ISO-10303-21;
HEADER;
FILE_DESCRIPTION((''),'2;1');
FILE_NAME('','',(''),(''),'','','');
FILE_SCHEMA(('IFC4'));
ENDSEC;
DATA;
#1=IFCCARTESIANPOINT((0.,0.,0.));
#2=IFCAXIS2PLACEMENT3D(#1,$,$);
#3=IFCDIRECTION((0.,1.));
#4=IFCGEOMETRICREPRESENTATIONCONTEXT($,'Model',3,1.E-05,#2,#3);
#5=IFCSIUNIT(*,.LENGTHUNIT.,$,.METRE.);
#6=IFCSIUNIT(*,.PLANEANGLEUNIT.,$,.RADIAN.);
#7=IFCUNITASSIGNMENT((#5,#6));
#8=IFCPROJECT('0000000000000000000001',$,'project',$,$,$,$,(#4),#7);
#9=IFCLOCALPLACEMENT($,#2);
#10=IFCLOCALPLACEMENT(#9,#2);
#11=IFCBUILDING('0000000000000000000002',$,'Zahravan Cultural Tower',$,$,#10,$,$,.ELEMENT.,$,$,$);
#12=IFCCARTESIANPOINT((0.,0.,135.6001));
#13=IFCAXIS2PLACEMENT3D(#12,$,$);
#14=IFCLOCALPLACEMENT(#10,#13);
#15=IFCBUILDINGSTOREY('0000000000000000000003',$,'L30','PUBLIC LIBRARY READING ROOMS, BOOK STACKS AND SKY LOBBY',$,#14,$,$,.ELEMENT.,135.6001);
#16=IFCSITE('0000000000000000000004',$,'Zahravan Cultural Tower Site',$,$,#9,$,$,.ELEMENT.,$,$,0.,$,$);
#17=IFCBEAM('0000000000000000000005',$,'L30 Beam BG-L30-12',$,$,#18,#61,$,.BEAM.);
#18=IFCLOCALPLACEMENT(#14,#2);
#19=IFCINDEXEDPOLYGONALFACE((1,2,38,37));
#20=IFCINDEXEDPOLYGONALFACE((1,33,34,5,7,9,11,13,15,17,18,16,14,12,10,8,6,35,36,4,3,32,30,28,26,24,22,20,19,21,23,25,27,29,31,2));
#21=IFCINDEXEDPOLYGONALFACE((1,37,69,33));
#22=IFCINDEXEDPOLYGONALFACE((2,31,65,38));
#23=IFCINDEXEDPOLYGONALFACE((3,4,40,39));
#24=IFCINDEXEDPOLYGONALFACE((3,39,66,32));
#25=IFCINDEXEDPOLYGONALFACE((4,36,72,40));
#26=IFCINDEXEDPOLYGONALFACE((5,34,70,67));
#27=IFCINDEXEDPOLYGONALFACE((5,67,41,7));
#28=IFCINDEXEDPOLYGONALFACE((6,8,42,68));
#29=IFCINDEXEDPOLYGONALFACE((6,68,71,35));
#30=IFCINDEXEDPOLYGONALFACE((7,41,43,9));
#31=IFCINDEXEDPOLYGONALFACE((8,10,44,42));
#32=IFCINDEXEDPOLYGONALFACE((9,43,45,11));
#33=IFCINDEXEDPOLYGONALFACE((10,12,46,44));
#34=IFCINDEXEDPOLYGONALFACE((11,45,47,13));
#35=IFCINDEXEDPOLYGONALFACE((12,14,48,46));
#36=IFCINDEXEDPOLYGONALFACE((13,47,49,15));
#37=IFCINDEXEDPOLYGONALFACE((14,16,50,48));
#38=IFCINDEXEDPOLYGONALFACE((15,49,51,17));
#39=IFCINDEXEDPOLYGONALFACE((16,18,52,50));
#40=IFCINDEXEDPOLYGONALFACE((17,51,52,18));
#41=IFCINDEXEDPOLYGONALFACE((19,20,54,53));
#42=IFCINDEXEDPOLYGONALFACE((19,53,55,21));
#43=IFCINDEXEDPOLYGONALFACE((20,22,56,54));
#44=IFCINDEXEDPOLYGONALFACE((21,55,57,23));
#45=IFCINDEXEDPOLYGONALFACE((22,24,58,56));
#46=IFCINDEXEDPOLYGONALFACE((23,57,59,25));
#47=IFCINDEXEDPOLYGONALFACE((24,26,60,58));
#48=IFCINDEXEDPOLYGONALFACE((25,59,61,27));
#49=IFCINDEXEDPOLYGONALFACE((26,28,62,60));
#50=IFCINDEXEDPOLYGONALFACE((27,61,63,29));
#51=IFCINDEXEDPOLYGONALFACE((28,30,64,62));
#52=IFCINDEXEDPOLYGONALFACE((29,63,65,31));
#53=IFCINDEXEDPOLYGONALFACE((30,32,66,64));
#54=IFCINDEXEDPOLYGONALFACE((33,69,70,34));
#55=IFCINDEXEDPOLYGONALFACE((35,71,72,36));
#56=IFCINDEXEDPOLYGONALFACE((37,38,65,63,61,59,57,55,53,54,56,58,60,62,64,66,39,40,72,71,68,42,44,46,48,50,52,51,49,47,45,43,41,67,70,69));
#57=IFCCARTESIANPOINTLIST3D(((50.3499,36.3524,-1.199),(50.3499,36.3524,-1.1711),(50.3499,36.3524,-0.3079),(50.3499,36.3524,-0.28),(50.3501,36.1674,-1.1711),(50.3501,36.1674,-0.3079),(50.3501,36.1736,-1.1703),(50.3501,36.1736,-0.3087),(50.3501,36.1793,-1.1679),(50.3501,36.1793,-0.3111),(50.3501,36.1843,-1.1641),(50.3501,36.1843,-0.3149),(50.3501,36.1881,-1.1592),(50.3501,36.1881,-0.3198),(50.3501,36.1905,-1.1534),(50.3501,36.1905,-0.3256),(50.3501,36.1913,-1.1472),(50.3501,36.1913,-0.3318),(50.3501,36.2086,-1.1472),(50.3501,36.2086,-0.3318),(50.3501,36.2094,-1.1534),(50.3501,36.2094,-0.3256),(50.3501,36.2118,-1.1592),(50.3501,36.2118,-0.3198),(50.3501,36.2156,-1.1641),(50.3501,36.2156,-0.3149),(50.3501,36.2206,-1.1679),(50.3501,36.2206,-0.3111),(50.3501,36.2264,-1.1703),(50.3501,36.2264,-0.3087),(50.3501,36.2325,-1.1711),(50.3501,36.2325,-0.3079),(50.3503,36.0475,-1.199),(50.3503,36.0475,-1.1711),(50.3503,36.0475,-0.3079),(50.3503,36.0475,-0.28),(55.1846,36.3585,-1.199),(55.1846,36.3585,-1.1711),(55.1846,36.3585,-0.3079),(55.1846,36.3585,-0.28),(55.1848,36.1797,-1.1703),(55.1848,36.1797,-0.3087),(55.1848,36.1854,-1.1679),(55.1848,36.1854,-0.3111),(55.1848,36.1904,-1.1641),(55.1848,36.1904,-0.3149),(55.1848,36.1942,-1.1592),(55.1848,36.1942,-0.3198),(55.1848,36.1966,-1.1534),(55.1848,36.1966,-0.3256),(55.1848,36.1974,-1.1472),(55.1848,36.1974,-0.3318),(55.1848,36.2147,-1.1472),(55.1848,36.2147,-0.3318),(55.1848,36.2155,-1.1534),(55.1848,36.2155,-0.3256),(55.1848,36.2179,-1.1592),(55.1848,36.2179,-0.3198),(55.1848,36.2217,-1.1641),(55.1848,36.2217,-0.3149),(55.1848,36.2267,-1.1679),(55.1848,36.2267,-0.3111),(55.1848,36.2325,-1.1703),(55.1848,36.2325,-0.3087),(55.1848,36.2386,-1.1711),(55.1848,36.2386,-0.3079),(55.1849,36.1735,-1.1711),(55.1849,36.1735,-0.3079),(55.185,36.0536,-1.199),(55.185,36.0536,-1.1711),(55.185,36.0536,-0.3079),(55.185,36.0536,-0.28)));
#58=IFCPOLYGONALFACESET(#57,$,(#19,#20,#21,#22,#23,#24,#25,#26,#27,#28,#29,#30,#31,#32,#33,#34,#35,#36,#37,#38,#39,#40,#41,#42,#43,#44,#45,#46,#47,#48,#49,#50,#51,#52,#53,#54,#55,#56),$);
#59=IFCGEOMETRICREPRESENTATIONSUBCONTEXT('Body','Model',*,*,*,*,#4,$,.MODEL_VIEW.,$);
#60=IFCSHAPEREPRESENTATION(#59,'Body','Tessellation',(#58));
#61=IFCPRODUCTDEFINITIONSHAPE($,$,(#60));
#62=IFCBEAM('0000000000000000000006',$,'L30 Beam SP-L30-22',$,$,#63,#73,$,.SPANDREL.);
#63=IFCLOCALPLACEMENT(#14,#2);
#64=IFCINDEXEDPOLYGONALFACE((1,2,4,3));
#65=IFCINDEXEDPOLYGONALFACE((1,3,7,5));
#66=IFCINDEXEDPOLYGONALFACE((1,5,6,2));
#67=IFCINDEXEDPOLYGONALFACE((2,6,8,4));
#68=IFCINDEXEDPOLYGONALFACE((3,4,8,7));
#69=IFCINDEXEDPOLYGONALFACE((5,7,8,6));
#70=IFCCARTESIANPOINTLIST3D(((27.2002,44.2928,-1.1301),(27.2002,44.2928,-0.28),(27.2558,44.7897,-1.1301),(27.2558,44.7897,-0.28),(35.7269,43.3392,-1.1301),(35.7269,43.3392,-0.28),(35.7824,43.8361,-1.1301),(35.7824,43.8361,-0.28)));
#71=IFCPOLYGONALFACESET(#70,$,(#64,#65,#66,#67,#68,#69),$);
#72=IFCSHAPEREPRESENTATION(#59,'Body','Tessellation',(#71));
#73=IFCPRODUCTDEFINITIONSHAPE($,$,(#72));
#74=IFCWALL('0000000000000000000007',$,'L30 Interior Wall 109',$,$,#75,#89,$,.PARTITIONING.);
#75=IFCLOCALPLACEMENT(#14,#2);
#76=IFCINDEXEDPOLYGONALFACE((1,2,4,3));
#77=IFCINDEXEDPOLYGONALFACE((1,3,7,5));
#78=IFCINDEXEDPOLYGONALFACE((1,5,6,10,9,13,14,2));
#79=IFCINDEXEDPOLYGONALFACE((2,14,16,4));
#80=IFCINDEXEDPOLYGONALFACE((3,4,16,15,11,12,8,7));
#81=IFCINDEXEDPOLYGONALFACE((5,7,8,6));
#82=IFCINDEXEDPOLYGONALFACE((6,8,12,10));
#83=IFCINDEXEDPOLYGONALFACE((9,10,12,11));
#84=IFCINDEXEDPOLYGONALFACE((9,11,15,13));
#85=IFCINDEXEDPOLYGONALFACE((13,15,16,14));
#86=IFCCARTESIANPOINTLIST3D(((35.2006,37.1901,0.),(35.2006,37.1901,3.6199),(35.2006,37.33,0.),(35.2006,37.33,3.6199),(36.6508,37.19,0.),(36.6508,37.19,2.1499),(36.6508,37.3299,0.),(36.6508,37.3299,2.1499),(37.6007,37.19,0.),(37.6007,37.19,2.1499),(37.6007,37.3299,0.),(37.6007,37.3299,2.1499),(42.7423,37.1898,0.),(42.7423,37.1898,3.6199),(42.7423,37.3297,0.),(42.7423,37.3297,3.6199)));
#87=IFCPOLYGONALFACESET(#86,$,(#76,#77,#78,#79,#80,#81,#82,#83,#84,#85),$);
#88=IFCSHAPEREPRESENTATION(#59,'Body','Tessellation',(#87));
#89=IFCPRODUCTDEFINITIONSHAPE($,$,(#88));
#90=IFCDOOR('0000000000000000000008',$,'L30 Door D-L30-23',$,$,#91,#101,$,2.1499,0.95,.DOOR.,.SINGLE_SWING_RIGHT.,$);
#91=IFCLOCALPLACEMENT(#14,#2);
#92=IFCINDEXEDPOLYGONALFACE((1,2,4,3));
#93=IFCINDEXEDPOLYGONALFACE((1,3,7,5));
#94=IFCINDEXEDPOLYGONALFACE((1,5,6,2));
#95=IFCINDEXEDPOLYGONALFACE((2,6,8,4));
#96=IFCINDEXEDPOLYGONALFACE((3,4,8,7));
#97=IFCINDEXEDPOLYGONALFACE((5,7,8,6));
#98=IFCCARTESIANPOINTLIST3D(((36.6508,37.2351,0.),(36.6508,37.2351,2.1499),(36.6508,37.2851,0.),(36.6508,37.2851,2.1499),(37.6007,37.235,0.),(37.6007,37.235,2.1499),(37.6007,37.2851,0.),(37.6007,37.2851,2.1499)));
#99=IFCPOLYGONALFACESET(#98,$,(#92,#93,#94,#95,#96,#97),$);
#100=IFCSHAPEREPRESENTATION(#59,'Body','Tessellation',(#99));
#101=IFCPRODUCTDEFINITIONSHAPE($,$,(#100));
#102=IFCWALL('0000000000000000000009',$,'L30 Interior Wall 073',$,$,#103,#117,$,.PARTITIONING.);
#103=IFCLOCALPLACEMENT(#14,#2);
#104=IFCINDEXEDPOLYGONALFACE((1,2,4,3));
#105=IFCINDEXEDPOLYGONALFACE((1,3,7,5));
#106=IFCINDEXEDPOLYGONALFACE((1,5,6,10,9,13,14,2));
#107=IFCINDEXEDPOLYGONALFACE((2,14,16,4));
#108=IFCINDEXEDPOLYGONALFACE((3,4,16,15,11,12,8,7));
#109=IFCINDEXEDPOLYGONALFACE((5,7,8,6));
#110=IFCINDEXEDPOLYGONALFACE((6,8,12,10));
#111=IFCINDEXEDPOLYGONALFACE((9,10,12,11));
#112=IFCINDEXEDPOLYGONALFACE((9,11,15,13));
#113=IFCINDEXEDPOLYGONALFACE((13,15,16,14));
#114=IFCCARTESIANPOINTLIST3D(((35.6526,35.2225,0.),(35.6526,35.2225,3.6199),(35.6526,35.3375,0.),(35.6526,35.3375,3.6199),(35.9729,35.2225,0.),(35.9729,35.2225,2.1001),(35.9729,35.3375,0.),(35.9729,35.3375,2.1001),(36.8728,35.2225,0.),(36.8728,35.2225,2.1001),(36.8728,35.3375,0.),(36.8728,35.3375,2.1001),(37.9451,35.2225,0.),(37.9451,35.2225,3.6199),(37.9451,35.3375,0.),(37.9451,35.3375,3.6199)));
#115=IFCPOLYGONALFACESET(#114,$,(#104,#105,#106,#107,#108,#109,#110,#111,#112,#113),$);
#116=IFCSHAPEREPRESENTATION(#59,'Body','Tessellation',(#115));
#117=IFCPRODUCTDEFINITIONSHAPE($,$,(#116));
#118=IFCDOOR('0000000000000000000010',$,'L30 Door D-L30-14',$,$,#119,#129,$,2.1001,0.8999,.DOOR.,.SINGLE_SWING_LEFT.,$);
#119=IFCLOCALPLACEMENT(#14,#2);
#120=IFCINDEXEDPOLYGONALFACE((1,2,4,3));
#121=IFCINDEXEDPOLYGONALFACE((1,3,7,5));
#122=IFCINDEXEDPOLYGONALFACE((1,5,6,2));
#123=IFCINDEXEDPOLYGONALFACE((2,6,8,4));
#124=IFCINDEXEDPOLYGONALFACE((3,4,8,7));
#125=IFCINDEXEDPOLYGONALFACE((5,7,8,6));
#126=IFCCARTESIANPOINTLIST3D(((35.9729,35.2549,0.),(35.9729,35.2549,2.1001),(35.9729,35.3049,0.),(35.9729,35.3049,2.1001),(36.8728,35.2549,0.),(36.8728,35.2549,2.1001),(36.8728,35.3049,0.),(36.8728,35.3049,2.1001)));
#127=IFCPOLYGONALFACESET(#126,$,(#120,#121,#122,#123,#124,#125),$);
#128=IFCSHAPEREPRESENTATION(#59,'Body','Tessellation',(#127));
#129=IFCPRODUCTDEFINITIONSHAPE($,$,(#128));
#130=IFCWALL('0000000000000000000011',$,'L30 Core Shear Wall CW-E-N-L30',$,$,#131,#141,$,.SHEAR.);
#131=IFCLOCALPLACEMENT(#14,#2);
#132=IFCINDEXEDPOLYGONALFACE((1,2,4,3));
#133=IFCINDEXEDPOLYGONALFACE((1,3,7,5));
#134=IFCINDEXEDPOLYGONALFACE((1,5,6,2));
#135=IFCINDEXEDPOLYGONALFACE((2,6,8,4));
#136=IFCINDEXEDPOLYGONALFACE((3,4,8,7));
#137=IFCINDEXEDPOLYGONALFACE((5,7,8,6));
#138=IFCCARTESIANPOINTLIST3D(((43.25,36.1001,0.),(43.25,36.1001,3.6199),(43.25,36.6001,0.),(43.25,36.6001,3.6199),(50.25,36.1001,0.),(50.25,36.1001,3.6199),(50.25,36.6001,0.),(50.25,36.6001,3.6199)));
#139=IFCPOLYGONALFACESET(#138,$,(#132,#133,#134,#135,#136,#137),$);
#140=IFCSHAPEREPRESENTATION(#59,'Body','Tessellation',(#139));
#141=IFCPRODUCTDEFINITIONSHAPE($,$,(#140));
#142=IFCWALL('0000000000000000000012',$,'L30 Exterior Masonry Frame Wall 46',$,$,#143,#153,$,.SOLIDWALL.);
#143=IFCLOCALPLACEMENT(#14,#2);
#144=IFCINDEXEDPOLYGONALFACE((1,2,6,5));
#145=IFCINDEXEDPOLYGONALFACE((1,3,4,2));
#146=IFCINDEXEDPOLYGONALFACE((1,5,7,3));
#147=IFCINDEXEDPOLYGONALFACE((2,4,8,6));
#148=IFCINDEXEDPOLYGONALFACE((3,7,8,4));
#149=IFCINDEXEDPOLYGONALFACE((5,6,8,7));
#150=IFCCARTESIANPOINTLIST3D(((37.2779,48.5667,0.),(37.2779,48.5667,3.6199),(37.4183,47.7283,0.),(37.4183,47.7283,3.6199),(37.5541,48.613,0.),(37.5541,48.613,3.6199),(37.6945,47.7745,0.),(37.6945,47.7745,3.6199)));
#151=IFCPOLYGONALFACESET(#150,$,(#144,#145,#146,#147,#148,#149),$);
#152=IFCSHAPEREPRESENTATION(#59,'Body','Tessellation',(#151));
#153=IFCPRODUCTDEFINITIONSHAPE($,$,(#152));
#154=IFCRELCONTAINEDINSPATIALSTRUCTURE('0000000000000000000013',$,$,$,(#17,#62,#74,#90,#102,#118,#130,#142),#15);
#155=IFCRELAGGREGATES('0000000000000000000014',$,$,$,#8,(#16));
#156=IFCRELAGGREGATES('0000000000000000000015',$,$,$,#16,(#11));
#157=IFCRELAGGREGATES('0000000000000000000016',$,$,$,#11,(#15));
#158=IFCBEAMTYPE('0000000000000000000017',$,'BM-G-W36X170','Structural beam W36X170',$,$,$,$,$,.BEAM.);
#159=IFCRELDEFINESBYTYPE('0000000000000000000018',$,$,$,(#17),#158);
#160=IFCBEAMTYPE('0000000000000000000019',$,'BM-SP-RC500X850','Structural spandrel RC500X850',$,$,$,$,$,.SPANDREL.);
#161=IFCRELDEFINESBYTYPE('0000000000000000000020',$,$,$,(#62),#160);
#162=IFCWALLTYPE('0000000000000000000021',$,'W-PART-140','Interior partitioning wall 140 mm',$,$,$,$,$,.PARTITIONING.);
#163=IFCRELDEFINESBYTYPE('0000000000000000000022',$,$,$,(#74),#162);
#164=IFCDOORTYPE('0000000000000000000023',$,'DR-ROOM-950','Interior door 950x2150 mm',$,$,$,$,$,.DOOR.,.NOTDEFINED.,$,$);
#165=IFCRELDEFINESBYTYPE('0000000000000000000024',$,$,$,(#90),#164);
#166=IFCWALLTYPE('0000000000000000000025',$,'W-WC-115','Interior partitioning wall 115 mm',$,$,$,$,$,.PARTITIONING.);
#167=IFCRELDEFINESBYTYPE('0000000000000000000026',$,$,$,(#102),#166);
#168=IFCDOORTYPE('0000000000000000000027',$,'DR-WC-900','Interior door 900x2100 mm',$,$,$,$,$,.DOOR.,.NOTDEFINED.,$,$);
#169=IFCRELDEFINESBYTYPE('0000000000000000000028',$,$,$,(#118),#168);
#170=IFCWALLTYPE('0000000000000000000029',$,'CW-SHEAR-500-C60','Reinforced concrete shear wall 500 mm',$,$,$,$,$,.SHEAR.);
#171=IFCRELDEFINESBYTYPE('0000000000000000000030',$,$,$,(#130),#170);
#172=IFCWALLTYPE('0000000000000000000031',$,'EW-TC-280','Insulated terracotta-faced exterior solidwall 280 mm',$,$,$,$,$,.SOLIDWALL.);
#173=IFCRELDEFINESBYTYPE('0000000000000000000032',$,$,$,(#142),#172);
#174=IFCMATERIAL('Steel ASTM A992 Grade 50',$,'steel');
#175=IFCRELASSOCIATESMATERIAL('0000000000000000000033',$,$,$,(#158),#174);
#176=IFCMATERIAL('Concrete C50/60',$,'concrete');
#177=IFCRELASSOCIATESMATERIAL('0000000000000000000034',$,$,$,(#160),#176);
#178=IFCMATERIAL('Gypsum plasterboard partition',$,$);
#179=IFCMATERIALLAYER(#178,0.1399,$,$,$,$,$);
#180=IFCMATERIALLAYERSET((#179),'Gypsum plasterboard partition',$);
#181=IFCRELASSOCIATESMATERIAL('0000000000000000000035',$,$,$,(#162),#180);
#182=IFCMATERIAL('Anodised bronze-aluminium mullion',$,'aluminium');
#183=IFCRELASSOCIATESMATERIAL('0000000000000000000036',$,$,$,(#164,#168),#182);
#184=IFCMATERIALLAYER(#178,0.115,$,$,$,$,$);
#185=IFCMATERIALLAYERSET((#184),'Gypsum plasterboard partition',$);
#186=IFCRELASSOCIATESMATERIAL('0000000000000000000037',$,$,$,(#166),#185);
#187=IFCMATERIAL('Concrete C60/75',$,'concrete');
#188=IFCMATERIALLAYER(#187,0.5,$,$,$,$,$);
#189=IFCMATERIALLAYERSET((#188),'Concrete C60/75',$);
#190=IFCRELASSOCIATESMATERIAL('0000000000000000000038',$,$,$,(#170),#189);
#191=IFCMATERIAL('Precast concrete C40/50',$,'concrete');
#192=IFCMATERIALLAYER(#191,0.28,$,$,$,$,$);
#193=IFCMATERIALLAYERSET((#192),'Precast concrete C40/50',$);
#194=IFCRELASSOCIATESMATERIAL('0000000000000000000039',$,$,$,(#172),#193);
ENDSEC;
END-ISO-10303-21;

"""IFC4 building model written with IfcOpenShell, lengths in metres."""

from ifc_helpers import new_model, si_unit, direction, frame, frame_2d, origin, origin_2d, place, context, subcontext, project, spatial, rectangle, i_section, extrude, source, transform, mapped, material, layer, layer_set, material_profile, profile_set, type_object, element, fill, save


model = new_model("IFC4")

# Units and contexts
model_context = context("Model", 3, precision=1e-05, world=origin(), true_north=direction((0.0, 1.0)))
body_context = subcontext(model_context, "Body", "Model", "MODEL_VIEW")
ifc_project = project(units=[si_unit("LENGTHUNIT", "METRE"), si_unit("PLANEANGLEUNIT", "RADIAN")], contexts=[model_context])

# Site, building, storey
site_placement = place(None, origin())
site = spatial("IfcSite", under=ifc_project, at=site_placement, Name="Zahravan Cultural Tower Site", CompositionType="ELEMENT", RefElevation=0.0)
building_placement = place(site_placement, origin())
building = spatial("IfcBuilding", under=site, at=building_placement, Name="Zahravan Cultural Tower", CompositionType="ELEMENT")
storey_placement = place(building_placement, frame((0.0, 0.0, 135.6001)))
storey = spatial("IfcBuildingStorey", under=building, at=storey_placement, Name="L30", Description="PUBLIC LIBRARY READING ROOMS, BOOK STACKS AND SKY LOBBY", CompositionType="ELEMENT", Elevation=135.6001)

# Shared definitions
ifc_material_1 = material(Name="Concrete C50/60", Category="concrete")
ifc_material_2 = material(Name="Steel ASTM A992 Grade 50", Category="steel")

# Beams
ifc_material_profile_1 = material_profile(ifc_material_2, i_section(OverallWidth=0.3049, OverallDepth=0.9189, WebThickness=0.0173, FlangeThickness=0.0278, FilletRadius=0.0239, at=origin_2d()), Name="W36X170")
ifc_profile_set_1 = profile_set([ifc_material_profile_1], Name="Steel ASTM A992 Grade 50")
beam_type_1 = type_object("IfcBeamType", Name="BM-G-W36X170", Description="Structural beam W36X170", PredefinedType="BEAM", material=ifc_profile_set_1)
shared_shape_1 = source(origin(), body_context, "Body", "SweptSolid", [
    extrude(i_section(OverallWidth=0.3049, OverallDepth=0.9189, WebThickness=0.0173, FlangeThickness=0.0278, FilletRadius=0.0239, at=origin_2d()), origin(), (0.0, 0.0, 1.0), 4.8347),
])
beam_1_placement = place(storey_placement, frame((50.3501, 36.2, -0.7395), z_axis=(0.999999, 0.001262, 0.0), x_axis=(-0.001262, 0.999999, 0.0)))
element("IfcBeam", 1, at=beam_1_placement, inside=storey, type_object=beam_type_1, Name="L30 Beam BG-L30-12", PredefinedType="BEAM", context=body_context, shape_type="MappedRepresentation", body=[
    mapped(shared_shape_1, transform((0.0, 0.0, 0.0), x_axis=(1.0, 0.0, 0.0), y_axis=(0.0, 1.0, 0.0), z_axis=(0.0, 0.0, 1.0), scale=1.0)),
])
ifc_material_profile_2 = material_profile(ifc_material_1, rectangle(XDim=0.5, YDim=0.8501, at=origin_2d()), Name="RC500X850")
ifc_profile_set_2 = profile_set([ifc_material_profile_2], Name="Concrete C50/60")
beam_type_2 = type_object("IfcBeamType", Name="BM-SP-RC500X850", Description="Structural spandrel RC500X850", PredefinedType="SPANDREL", material=ifc_profile_set_2)
shared_shape_2 = source(origin(), body_context, "Body", "SweptSolid", [
    extrude(rectangle(XDim=0.5, YDim=0.8501, at=origin_2d()), origin(), (0.0, 0.0, 1.0), 8.5798),
])
beam_2_placement = place(storey_placement, frame((35.7546, 43.5876, -0.7051), z_axis=(-0.993804, 0.111147, 0.0), x_axis=(-0.111147, -0.993804, 0.0)))
element("IfcBeam", 2, at=beam_2_placement, inside=storey, type_object=beam_type_2, Name="L30 Beam SP-L30-22", PredefinedType="SPANDREL", context=body_context, shape_type="MappedRepresentation", body=[
    mapped(shared_shape_2, transform((0.0, 0.0, 0.0), x_axis=(1.0, 0.0, 0.0), y_axis=(0.0, 1.0, 0.0), z_axis=(0.0, 0.0, 1.0), scale=1.0)),
])

# Walls, openings, doors
ifc_material_3 = material(Name="Gypsum plasterboard partition")
ifc_layer_1 = layer(ifc_material_3, 0.1399)
ifc_layer_set_1 = layer_set([ifc_layer_1], Name="Gypsum plasterboard partition")
wall_type_1 = type_object("IfcWallType", Name="W-PART-140", Description="Interior partitioning wall 140 mm", PredefinedType="PARTITIONING", material=ifc_layer_set_1)
wall_1_placement = place(storey_placement, frame((42.7424, 37.2598, 0.0), z_axis=(0.0, 0.0, 1.0), x_axis=(-1.0, 0.000032, 0.0)))
wall_1 = element("IfcWall", 3, at=wall_1_placement, inside=storey, type_object=wall_type_1, Name="L30 Interior Wall 109", PredefinedType="PARTITIONING", context=body_context, shape_type="SweptSolid", body=[
    extrude(rectangle(XDim=7.5417, YDim=0.1399, at=frame_2d((3.771, 0.0))), origin(), (0.0, 0.0, 1.0), 3.6199),
])
opening_1_placement = place(wall_1_placement, frame((5.1416, 0.0, 0.0)))
opening_1 = element("IfcOpeningElement", 4, at=opening_1_placement, cuts=wall_1, PredefinedType="OPENING", context=body_context, shape_type="SweptSolid", body=[
    extrude(rectangle(XDim=0.95, YDim=2.1499, at=frame_2d((0.4751, 1.075))), frame((0.0, 0.0798, 0.0), z_axis=(0.0, -1.0, 0.0), x_axis=(1.0, 0.0, 0.0)), (0.0, 0.0, 1.0), 0.1599),
])
ifc_material_4 = material(Name="Anodised bronze-aluminium mullion", Category="aluminium")
door_type_1 = type_object("IfcDoorType", Name="DR-ROOM-950", Description="Interior door 950x2150 mm", OperationType="NOTDEFINED", PredefinedType="DOOR", material=ifc_material_4)
shared_shape_3 = source(origin(), body_context, "Body", "SweptSolid", [
    extrude(rectangle(XDim=0.95, YDim=2.1499, at=frame_2d((0.4751, 1.075))), frame((0.0, 0.0249, 0.0), z_axis=(0.0, -1.0, 0.0), x_axis=(1.0, 0.0, 0.0)), (0.0, 0.0, 1.0), 0.05),
])
door_1_placement = place(opening_1_placement, origin())
door_1 = element("IfcDoor", 5, at=door_1_placement, inside=storey, type_object=door_type_1, Name="L30 Door D-L30-23", OperationType="SINGLE_SWING_RIGHT", OverallHeight=2.1499, OverallWidth=0.95, PredefinedType="DOOR", context=body_context, shape_type="MappedRepresentation", body=[
    mapped(shared_shape_3, transform((0.0, 0.0, 0.0), x_axis=(1.0, 0.0, 0.0), y_axis=(0.0, 1.0, 0.0), z_axis=(0.0, 0.0, 1.0), scale=1.0)),
])
fill(opening_1, door_1)
ifc_layer_2 = layer(ifc_material_3, 0.115)
ifc_layer_set_2 = layer_set([ifc_layer_2], Name="Gypsum plasterboard partition")
wall_type_2 = type_object("IfcWallType", Name="W-WC-115", Description="Interior partitioning wall 115 mm", PredefinedType="PARTITIONING", material=ifc_layer_set_2)
wall_2_placement = place(storey_placement, frame((35.6526, 35.28, 0.0), z_axis=(0.0, 0.0, 1.0), x_axis=(1.0, 0.0, 0.0)))
wall_2 = element("IfcWall", 6, at=wall_2_placement, inside=storey, type_object=wall_type_2, Name="L30 Interior Wall 073", PredefinedType="PARTITIONING", context=body_context, shape_type="SweptSolid", body=[
    extrude(rectangle(XDim=2.2925, YDim=0.115, at=frame_2d((1.1462, 0.0))), origin(), (0.0, 0.0, 1.0), 3.6199),
])
opening_2_placement = place(wall_2_placement, frame((0.3203, 0.0, 0.0)))
opening_2 = element("IfcOpeningElement", 7, at=opening_2_placement, cuts=wall_2, PredefinedType="OPENING", context=body_context, shape_type="SweptSolid", body=[
    extrude(rectangle(XDim=0.8999, YDim=2.1001, at=frame_2d((0.45, 1.05))), frame((0.0, 0.0674, 0.0), z_axis=(0.0, -1.0, 0.0), x_axis=(1.0, 0.0, 0.0)), (0.0, 0.0, 1.0), 0.135),
])
door_type_2 = type_object("IfcDoorType", Name="DR-WC-900", Description="Interior door 900x2100 mm", OperationType="NOTDEFINED", PredefinedType="DOOR", material=ifc_material_4)
shared_shape_4 = source(origin(), body_context, "Body", "SweptSolid", [
    extrude(rectangle(XDim=0.8999, YDim=2.1001, at=frame_2d((0.45, 1.05))), frame((0.0, 0.0249, 0.0), z_axis=(0.0, -1.0, 0.0), x_axis=(1.0, 0.0, 0.0)), (0.0, 0.0, 1.0), 0.05),
])
door_2_placement = place(opening_2_placement, origin())
door_2 = element("IfcDoor", 8, at=door_2_placement, inside=storey, type_object=door_type_2, Name="L30 Door D-L30-14", OperationType="SINGLE_SWING_LEFT", OverallHeight=2.1001, OverallWidth=0.8999, PredefinedType="DOOR", context=body_context, shape_type="MappedRepresentation", body=[
    mapped(shared_shape_4, transform((0.0, 0.0, 0.0), x_axis=(1.0, 0.0, 0.0), y_axis=(0.0, 1.0, 0.0), z_axis=(0.0, 0.0, 1.0), scale=1.0)),
])
fill(opening_2, door_2)

# Walls
ifc_material_5 = material(Name="Concrete C60/75", Category="concrete")
ifc_layer_3 = layer(ifc_material_5, 0.5)
ifc_layer_set_3 = layer_set([ifc_layer_3], Name="Concrete C60/75")
wall_type_3 = type_object("IfcWallType", Name="CW-SHEAR-500-C60", Description="Reinforced concrete shear wall 500 mm", PredefinedType="SHEAR", material=ifc_layer_set_3)
shared_shape_5 = source(origin(), body_context, "Body", "SweptSolid", [
    extrude(rectangle(XDim=7.0, YDim=0.5, at=frame_2d((3.5, 0.0))), origin(), (0.0, 0.0, 1.0), 3.6199),
])
wall_3_placement = place(storey_placement, frame((43.25, 36.3501, 0.0), z_axis=(0.0, 0.0, 1.0), x_axis=(1.0, 0.0, 0.0)))
element("IfcWall", 9, at=wall_3_placement, inside=storey, type_object=wall_type_3, Name="L30 Core Shear Wall CW-E-N-L30", PredefinedType="SHEAR", context=body_context, shape_type="MappedRepresentation", body=[
    mapped(shared_shape_5, transform((0.0, 0.0, 0.0), x_axis=(1.0, 0.0, 0.0), y_axis=(0.0, 1.0, 0.0), z_axis=(0.0, 0.0, 1.0), scale=1.0)),
])
ifc_material_6 = material(Name="Precast concrete C40/50", Category="concrete")
ifc_layer_4 = layer(ifc_material_6, 0.28)
ifc_layer_set_4 = layer_set([ifc_layer_4], Name="Precast concrete C40/50")
wall_type_4 = type_object("IfcWallType", Name="EW-TC-280", Description="Insulated terracotta-faced exterior solidwall 280 mm", PredefinedType="SOLIDWALL", material=ifc_layer_set_4)
shared_shape_6 = source(origin(), body_context, "Body", "SweptSolid", [
    extrude(rectangle(XDim=0.8501, YDim=0.28, at=frame_2d((0.425, 0.0))), origin(), (0.0, 0.0, 1.0), 3.6199),
])
for number, where, z_axis, x_axis, name in (
    (10, (37.416, 48.5898, 0.0), (0.0, 0.0, 1.0), (0.165144, -0.986269, 0.0), "L30 Exterior Masonry Frame Wall 46"),
):
    element("IfcWall", number, at=place(storey_placement, frame(where, z_axis=z_axis, x_axis=x_axis)), inside=storey, type_object=wall_type_4, Name=name, PredefinedType="SOLIDWALL", context=body_context, shape_type="MappedRepresentation", body=[
        mapped(shared_shape_6, transform((0.0, 0.0, 0.0), x_axis=(1.0, 0.0, 0.0), y_axis=(0.0, 1.0, 0.0), z_axis=(0.0, 0.0, 1.0), scale=1.0)),
    ])

save(model, "model.ifc")
